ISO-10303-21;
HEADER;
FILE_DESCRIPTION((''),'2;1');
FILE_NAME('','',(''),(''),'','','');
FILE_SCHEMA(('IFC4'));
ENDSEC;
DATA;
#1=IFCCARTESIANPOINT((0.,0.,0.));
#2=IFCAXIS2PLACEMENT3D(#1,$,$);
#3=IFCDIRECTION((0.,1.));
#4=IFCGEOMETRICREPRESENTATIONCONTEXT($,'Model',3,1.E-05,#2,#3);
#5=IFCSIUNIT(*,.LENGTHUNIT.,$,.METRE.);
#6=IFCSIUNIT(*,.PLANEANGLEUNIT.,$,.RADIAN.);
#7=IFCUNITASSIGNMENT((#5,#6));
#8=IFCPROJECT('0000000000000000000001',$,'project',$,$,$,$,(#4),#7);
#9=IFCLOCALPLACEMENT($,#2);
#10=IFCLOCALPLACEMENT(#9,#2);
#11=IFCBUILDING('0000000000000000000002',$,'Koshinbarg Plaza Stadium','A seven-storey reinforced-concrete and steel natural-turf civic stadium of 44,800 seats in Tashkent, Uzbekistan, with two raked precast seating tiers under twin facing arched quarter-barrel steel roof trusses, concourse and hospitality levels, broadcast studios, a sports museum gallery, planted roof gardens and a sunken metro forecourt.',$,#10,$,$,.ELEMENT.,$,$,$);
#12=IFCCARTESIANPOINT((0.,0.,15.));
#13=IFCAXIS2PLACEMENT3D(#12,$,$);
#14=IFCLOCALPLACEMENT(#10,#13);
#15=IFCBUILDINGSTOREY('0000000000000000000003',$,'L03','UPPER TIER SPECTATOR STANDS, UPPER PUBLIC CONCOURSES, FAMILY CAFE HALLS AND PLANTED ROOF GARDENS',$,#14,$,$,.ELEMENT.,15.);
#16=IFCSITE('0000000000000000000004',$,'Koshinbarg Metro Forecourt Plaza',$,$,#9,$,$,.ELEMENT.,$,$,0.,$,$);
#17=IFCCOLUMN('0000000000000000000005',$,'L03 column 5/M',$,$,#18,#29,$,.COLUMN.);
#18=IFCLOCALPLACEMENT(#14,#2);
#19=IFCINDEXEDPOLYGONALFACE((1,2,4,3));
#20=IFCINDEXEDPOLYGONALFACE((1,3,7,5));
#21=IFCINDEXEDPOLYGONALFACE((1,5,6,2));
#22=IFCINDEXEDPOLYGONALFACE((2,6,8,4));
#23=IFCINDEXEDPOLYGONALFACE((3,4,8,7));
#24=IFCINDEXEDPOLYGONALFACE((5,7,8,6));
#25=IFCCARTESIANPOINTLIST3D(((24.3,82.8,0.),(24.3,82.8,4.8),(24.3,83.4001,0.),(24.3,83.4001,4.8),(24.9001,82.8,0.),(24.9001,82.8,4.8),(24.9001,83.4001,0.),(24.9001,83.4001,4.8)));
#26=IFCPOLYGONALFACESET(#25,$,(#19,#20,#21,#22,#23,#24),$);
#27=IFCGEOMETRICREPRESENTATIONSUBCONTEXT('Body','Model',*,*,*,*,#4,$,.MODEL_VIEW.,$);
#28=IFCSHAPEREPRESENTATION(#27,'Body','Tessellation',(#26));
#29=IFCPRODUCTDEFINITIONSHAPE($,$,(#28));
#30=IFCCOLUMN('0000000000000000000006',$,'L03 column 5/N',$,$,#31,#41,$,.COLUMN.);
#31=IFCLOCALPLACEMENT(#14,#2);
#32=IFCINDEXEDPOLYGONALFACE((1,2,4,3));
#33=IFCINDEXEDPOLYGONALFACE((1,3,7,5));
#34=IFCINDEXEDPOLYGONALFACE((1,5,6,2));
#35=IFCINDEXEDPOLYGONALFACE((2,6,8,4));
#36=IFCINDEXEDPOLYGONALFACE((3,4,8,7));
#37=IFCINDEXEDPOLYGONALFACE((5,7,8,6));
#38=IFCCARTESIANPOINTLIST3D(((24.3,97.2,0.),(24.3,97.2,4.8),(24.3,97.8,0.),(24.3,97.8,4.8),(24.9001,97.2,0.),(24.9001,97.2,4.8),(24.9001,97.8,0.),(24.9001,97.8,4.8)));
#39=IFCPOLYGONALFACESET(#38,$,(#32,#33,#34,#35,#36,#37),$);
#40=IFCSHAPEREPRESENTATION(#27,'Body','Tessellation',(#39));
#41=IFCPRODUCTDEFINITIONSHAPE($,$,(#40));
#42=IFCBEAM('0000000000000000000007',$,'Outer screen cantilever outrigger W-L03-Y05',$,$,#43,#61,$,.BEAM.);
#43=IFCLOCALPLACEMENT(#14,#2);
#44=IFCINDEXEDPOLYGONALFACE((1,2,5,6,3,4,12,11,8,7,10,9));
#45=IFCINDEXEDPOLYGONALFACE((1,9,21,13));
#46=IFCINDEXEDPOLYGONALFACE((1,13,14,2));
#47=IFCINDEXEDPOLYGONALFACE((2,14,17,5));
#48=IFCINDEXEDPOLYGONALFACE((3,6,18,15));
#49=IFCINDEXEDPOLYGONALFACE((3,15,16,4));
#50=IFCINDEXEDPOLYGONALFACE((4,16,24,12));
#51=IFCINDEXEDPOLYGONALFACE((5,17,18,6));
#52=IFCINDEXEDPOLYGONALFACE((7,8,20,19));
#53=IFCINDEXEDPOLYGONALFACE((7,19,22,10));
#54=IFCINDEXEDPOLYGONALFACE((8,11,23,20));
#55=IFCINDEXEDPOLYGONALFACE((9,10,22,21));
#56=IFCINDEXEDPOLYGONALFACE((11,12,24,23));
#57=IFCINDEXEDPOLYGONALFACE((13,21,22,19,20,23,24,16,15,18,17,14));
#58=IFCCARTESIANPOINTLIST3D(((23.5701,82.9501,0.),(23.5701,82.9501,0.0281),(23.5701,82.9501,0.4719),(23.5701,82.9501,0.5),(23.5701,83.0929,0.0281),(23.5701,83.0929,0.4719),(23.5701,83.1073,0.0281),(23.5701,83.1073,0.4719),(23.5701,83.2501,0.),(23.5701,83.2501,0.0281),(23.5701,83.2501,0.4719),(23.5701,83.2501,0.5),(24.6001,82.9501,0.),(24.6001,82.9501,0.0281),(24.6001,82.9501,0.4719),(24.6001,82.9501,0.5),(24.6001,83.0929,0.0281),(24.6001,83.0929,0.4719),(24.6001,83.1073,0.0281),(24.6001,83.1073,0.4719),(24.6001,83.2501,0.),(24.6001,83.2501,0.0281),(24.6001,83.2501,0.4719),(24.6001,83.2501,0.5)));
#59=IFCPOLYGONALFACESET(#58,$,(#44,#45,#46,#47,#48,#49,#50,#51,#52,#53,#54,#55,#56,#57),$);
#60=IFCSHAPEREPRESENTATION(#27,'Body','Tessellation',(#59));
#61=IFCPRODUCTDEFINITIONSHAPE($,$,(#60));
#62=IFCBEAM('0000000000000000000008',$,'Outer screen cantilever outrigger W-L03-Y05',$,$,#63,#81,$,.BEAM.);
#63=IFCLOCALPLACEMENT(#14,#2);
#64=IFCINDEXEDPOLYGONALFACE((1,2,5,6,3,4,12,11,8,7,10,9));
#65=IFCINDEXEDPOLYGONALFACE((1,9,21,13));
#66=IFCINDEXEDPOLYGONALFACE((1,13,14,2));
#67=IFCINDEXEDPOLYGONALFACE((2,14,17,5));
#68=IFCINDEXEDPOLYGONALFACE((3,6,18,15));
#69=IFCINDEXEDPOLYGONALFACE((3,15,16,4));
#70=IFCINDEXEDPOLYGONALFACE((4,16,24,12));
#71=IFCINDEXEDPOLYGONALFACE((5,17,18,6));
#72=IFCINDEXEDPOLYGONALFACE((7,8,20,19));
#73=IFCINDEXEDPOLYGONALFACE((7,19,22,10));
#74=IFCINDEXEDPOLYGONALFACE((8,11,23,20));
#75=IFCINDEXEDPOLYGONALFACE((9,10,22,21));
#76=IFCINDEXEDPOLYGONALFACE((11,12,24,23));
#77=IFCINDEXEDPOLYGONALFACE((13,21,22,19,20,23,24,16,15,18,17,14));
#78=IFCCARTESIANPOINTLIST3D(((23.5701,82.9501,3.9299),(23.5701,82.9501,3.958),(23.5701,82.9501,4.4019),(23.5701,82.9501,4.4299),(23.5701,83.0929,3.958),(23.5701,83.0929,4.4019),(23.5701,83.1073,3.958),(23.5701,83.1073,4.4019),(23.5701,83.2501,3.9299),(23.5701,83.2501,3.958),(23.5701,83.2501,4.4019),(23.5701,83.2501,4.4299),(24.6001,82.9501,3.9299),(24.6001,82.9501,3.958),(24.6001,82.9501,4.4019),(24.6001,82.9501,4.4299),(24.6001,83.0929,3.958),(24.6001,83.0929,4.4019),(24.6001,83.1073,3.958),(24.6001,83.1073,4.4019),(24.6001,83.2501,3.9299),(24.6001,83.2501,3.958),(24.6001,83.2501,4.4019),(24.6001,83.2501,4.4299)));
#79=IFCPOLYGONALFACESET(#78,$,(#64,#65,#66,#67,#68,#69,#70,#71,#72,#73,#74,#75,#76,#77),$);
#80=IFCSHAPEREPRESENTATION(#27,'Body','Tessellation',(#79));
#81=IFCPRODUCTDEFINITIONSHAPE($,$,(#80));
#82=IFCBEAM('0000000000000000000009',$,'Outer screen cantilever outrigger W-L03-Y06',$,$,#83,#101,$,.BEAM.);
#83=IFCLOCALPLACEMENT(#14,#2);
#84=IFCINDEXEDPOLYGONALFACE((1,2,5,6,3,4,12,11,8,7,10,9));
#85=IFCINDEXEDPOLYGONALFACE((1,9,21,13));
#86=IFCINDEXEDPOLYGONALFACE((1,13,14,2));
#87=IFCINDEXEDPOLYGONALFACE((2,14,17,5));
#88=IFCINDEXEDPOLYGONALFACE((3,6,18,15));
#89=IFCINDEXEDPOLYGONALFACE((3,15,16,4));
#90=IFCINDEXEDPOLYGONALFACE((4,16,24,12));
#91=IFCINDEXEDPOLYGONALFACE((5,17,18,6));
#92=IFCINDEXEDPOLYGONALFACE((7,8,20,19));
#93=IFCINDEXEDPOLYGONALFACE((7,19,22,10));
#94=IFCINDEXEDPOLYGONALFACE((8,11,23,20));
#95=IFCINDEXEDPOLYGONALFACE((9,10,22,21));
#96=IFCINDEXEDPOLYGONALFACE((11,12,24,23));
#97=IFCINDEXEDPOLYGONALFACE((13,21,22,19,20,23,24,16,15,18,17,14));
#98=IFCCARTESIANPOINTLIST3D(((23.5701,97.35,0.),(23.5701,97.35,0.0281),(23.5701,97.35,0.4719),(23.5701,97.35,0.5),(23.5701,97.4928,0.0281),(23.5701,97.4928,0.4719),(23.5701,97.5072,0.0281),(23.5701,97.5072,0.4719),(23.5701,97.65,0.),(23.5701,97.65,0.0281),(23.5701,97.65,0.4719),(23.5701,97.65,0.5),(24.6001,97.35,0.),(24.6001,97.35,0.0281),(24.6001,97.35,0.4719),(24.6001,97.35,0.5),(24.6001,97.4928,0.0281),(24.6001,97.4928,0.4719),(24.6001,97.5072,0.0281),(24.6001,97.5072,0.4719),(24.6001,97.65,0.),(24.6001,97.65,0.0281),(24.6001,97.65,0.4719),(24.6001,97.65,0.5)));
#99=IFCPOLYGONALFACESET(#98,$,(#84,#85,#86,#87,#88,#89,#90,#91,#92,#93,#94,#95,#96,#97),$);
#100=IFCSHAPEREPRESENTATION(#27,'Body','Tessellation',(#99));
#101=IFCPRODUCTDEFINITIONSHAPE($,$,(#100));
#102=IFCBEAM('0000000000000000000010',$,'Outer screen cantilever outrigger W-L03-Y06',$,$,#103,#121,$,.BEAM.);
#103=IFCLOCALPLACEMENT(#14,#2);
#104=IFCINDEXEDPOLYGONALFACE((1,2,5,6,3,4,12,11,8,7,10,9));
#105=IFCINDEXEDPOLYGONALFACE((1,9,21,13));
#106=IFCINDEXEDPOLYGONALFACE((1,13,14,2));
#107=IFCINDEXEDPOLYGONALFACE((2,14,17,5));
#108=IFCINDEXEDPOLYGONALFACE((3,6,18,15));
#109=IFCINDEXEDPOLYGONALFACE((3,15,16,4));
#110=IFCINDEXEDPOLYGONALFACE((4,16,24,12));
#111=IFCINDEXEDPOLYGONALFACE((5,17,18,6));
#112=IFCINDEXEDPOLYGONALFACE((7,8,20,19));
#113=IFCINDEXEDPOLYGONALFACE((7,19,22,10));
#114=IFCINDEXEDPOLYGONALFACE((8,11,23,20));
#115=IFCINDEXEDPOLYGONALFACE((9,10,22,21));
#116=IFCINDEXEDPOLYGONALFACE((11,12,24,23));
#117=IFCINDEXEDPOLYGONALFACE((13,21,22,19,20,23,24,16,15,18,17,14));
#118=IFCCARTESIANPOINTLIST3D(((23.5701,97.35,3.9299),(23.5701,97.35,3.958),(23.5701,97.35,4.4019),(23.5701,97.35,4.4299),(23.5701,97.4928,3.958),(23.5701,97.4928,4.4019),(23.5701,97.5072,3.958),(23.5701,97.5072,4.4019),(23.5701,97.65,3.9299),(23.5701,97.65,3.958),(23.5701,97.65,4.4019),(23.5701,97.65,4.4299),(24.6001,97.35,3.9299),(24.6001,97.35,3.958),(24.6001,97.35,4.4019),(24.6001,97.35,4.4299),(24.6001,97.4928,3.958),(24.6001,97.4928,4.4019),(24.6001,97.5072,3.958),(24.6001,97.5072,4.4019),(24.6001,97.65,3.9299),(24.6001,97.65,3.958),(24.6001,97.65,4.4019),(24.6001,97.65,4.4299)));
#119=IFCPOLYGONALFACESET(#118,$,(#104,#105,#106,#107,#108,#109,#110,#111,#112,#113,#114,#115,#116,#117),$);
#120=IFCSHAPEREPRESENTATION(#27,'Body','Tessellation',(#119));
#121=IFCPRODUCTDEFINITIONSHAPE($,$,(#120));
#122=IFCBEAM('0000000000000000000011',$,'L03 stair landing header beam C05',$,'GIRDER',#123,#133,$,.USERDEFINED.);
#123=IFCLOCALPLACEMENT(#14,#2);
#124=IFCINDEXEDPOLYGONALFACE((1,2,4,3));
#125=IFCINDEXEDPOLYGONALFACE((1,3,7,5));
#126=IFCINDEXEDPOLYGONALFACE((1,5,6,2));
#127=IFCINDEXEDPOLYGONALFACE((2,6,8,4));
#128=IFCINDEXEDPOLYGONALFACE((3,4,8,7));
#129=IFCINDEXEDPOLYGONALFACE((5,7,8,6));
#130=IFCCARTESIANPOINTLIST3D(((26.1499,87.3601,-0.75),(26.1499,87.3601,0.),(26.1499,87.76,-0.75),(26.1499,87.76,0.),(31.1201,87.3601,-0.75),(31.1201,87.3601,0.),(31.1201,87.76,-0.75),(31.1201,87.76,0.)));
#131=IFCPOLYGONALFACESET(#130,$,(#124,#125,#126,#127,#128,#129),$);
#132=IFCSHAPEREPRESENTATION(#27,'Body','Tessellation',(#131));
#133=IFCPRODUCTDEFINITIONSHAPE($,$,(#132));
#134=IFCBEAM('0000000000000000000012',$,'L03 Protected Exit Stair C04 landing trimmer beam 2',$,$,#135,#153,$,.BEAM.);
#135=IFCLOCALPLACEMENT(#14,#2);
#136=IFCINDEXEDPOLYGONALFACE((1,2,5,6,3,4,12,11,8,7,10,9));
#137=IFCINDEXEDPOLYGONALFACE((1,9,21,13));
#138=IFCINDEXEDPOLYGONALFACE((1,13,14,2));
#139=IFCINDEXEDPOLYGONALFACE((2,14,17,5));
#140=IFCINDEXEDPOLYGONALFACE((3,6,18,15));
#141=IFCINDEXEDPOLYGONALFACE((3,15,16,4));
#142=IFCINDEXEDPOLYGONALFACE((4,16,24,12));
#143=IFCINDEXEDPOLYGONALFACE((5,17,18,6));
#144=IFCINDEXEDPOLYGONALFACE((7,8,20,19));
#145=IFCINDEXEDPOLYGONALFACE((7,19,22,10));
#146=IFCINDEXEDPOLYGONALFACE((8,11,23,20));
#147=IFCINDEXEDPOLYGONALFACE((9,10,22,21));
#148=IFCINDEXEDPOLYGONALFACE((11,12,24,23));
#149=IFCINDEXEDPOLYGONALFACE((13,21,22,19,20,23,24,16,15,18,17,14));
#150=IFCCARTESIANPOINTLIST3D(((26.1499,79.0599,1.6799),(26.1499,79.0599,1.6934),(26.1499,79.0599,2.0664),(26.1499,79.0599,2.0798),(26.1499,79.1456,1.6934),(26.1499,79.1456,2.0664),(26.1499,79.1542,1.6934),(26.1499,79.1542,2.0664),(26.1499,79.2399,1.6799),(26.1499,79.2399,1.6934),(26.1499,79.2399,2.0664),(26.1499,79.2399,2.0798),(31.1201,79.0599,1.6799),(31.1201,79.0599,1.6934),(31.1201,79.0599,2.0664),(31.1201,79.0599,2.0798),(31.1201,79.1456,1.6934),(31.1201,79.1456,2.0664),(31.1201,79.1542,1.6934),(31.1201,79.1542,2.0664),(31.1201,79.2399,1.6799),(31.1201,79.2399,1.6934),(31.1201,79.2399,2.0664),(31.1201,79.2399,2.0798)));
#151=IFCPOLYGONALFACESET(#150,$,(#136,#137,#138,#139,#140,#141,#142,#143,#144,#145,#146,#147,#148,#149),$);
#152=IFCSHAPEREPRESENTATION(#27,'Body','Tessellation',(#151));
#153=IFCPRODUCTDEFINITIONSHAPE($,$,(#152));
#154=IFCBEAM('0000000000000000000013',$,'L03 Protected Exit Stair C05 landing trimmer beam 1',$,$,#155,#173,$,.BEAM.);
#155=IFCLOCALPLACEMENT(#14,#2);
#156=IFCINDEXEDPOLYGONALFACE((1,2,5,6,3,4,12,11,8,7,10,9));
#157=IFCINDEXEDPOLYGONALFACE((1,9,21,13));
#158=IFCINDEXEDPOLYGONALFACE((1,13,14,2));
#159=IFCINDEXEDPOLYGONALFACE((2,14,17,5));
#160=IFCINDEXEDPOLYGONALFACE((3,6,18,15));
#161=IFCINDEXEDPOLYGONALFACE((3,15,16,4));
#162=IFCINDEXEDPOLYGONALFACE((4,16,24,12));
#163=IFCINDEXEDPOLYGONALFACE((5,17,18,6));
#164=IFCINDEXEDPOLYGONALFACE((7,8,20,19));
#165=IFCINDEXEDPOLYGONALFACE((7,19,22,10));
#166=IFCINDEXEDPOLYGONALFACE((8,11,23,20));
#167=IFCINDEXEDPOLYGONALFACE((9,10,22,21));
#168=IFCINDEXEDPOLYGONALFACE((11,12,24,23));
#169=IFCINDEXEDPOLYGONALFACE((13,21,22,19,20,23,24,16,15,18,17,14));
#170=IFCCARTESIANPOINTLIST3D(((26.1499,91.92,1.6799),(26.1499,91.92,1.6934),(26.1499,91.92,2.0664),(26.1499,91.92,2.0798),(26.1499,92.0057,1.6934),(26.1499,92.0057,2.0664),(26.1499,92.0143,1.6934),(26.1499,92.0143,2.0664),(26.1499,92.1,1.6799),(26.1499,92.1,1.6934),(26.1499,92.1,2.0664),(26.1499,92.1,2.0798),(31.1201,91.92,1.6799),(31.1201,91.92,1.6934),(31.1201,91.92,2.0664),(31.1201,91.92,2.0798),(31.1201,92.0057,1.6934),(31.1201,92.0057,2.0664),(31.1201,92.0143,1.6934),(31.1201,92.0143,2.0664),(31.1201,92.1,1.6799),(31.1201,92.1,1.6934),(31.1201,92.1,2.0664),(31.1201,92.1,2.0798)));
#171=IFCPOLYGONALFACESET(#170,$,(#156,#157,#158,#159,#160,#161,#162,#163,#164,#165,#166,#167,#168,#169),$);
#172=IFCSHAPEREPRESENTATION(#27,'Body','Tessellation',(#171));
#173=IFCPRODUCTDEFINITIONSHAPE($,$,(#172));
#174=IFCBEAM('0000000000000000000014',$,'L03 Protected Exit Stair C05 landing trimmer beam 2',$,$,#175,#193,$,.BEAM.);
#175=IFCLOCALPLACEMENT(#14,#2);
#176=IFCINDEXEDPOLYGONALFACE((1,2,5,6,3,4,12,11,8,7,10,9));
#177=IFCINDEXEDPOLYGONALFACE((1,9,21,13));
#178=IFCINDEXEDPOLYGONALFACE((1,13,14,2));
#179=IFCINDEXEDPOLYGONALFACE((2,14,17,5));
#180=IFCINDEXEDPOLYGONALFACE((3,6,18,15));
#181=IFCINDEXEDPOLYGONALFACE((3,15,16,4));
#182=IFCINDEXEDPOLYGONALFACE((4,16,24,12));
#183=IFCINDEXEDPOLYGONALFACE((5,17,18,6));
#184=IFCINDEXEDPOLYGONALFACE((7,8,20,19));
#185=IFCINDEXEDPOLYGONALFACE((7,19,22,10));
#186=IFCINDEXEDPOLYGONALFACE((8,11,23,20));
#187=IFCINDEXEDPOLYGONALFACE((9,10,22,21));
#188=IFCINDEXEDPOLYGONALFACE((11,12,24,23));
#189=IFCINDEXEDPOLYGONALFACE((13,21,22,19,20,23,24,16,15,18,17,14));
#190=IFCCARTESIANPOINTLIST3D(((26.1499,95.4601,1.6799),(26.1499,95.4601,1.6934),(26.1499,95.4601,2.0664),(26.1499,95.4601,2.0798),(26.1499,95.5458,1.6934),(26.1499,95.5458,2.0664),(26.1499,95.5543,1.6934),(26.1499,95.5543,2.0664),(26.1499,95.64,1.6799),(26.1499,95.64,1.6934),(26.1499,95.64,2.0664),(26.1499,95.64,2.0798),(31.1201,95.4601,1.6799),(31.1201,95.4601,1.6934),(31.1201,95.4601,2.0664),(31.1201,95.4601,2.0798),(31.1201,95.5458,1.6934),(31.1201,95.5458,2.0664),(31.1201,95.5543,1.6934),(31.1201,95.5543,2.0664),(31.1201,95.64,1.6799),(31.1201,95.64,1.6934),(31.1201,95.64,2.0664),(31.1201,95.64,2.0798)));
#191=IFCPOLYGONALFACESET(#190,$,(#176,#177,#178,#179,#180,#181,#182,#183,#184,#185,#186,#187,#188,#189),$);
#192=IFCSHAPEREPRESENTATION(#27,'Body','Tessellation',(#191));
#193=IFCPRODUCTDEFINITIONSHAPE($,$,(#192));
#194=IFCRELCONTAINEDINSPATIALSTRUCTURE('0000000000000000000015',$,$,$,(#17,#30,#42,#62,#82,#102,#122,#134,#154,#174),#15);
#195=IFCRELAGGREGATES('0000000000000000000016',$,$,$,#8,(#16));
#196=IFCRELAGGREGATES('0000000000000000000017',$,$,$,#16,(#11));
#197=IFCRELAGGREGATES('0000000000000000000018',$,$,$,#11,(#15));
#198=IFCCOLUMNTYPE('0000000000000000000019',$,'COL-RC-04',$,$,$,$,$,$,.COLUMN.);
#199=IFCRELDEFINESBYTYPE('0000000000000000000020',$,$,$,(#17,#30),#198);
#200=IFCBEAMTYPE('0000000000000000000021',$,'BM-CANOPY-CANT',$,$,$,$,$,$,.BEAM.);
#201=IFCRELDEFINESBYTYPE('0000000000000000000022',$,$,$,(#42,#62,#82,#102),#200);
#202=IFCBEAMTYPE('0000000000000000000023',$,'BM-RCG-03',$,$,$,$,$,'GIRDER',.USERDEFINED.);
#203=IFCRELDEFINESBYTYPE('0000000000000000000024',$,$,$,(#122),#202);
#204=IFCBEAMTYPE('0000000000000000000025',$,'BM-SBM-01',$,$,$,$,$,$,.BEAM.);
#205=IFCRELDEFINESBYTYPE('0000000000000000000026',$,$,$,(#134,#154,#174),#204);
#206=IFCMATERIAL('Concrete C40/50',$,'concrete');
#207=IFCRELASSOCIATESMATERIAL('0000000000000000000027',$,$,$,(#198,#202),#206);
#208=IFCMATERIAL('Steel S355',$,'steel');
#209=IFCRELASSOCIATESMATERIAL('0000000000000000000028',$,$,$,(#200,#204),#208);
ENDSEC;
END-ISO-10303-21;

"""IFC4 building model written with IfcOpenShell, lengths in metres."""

from ifc_helpers import new_model, si_unit, direction, frame, origin, origin_2d, place, context, subcontext, project, spatial, rectangle, i_section, extrude, material, material_profile, profile_set, type_object, element, save


model = new_model("IFC4")

# Units and contexts
model_context = context("Model", 3, precision=1e-05, world=origin(), true_north=direction((0.0, 1.0)))
body_context = subcontext(model_context, "Body", "Model", "MODEL_VIEW")
ifc_project = project(units=[si_unit("LENGTHUNIT", "METRE"), si_unit("PLANEANGLEUNIT", "RADIAN")], contexts=[model_context])

# Site, building, storey
site_placement = place(None, origin())
site = spatial("IfcSite", under=ifc_project, at=site_placement, Name="Koshinbarg Metro Forecourt Plaza", CompositionType="ELEMENT", RefElevation=0.0)
building_placement = place(site_placement, origin())
building = spatial("IfcBuilding", under=site, at=building_placement, Name="Koshinbarg Plaza Stadium", Description="A seven-storey reinforced-concrete and steel natural-turf civic stadium of 44,800 seats in Tashkent, Uzbekistan, with two raked precast seating tiers under twin facing arched quarter-barrel steel roof trusses, concourse and hospitality levels, broadcast studios, a sports museum gallery, planted roof gardens and a sunken metro forecourt.", CompositionType="ELEMENT")
storey_placement = place(building_placement, frame((0.0, 0.0, 15.0)))
storey = spatial("IfcBuildingStorey", under=building, at=storey_placement, Name="L03", Description="UPPER TIER SPECTATOR STANDS, UPPER PUBLIC CONCOURSES, FAMILY CAFE HALLS AND PLANTED ROOF GARDENS", CompositionType="ELEMENT", Elevation=15.0)

# Columns
ifc_material_1 = material(Name="Concrete C40/50", Category="concrete")
ifc_material_profile_1 = material_profile(ifc_material_1, rectangle(XDim=0.6001, YDim=0.6001, at=origin_2d()), Name="RC 600x600")
ifc_profile_set_1 = profile_set([ifc_material_profile_1], Name="Concrete C40/50")
column_type = type_object("IfcColumnType", Name="COL-RC-04", PredefinedType="COLUMN", material=ifc_profile_set_1)
for number, where, z_axis, x_axis, name in (
    (1, (24.6001, 83.1001, 0.0), (0.0, 0.0, 1.0), (1.0, 0.0, 0.0), "L03 column 5/M"),
    (2, (24.6001, 97.5, 0.0), (0.0, 0.0, 1.0), (1.0, 0.0, 0.0), "L03 column 5/N"),
):
    element("IfcColumn", number, at=place(storey_placement, frame(where, z_axis=z_axis, x_axis=x_axis)), inside=storey, type_object=column_type, Name=name, PredefinedType="COLUMN", context=body_context, shape_type="SweptSolid", body=[
        extrude(rectangle(XDim=0.6001, YDim=0.6001, at=origin_2d()), origin(), (0.0, 0.0, 1.0), 4.8),
    ])

# Beams
ifc_material_2 = material(Name="Steel S355", Category="steel")
ifc_material_profile_2 = material_profile(ifc_material_2, i_section(OverallWidth=0.3, OverallDepth=0.5, WebThickness=0.0144, FlangeThickness=0.0281, at=origin_2d()), Name="HEB 500")
ifc_profile_set_2 = profile_set([ifc_material_profile_2], Name="Steel S355")
beam_type_1 = type_object("IfcBeamType", Name="BM-CANOPY-CANT", PredefinedType="BEAM", material=ifc_profile_set_2)
for number, where, z_axis, x_axis, name in (
    (3, (24.6001, 83.1001, 0.25), (-1.0, 0.0, 0.0), (0.0, -1.0, 0.0), "Outer screen cantilever outrigger W-L03-Y05"),
    (4, (24.6001, 83.1001, 4.1799), (-1.0, 0.0, 0.0), (0.0, -1.0, 0.0), "Outer screen cantilever outrigger W-L03-Y05"),
    (5, (24.6001, 97.5, 0.25), (-1.0, 0.0, 0.0), (0.0, -1.0, 0.0), "Outer screen cantilever outrigger W-L03-Y06"),
    (6, (24.6001, 97.5, 4.1799), (-1.0, 0.0, 0.0), (0.0, -1.0, 0.0), "Outer screen cantilever outrigger W-L03-Y06"),
):
    element("IfcBeam", number, at=place(storey_placement, frame(where, z_axis=z_axis, x_axis=x_axis)), inside=storey, type_object=beam_type_1, Name=name, PredefinedType="BEAM", context=body_context, shape_type="SweptSolid", body=[
        extrude(i_section(OverallWidth=0.3, OverallDepth=0.5, WebThickness=0.0144, FlangeThickness=0.0281, at=origin_2d()), origin(), (0.0, 0.0, 1.0), 1.03),
    ])
ifc_material_profile_3 = material_profile(ifc_material_1, rectangle(XDim=0.3999, YDim=0.75, at=origin_2d()), Name="RC 400x750")
ifc_profile_set_3 = profile_set([ifc_material_profile_3], Name="Concrete C40/50")
beam_type_2 = type_object("IfcBeamType", Name="BM-RCG-03", ElementType="GIRDER", PredefinedType="USERDEFINED", material=ifc_profile_set_3)
beam_1_placement = place(storey_placement, frame((26.1499, 87.5601, -0.375), z_axis=(1.0, 0.0, 0.0), x_axis=(0.0, 1.0, 0.0)))
element("IfcBeam", 7, at=beam_1_placement, inside=storey, type_object=beam_type_2, Name="L03 stair landing header beam C05", ObjectType="GIRDER", PredefinedType="USERDEFINED", context=body_context, shape_type="SweptSolid", body=[
    extrude(rectangle(XDim=0.3999, YDim=0.75, at=origin_2d()), origin(), (0.0, 0.0, 1.0), 4.9702),
])
ifc_material_profile_4 = material_profile(ifc_material_2, i_section(OverallWidth=0.1799, OverallDepth=0.3999, WebThickness=0.0085, FlangeThickness=0.0134, at=origin_2d()), Name="IPE 400")
ifc_profile_set_4 = profile_set([ifc_material_profile_4], Name="Steel S355")
beam_type_3 = type_object("IfcBeamType", Name="BM-SBM-01", PredefinedType="BEAM", material=ifc_profile_set_4)
for number, where, z_axis, x_axis, name in (
    (8, (26.1499, 79.1499, 1.8799), (1.0, 0.0, 0.0), (0.0, 1.0, 0.0), "L03 Protected Exit Stair C04 landing trimmer beam 2"),
    (9, (26.1499, 92.01, 1.8799), (1.0, 0.0, 0.0), (0.0, 1.0, 0.0), "L03 Protected Exit Stair C05 landing trimmer beam 1"),
    (10, (26.1499, 95.55, 1.8799), (1.0, 0.0, 0.0), (0.0, 1.0, 0.0), "L03 Protected Exit Stair C05 landing trimmer beam 2"),
):
    element("IfcBeam", number, at=place(storey_placement, frame(where, z_axis=z_axis, x_axis=x_axis)), inside=storey, type_object=beam_type_3, Name=name, PredefinedType="BEAM", context=body_context, shape_type="SweptSolid", body=[
        extrude(i_section(OverallWidth=0.1799, OverallDepth=0.3999, WebThickness=0.0085, FlangeThickness=0.0134, at=origin_2d()), origin(), (0.0, 0.0, 1.0), 4.9702),
    ])

save(model, "model.ifc")
